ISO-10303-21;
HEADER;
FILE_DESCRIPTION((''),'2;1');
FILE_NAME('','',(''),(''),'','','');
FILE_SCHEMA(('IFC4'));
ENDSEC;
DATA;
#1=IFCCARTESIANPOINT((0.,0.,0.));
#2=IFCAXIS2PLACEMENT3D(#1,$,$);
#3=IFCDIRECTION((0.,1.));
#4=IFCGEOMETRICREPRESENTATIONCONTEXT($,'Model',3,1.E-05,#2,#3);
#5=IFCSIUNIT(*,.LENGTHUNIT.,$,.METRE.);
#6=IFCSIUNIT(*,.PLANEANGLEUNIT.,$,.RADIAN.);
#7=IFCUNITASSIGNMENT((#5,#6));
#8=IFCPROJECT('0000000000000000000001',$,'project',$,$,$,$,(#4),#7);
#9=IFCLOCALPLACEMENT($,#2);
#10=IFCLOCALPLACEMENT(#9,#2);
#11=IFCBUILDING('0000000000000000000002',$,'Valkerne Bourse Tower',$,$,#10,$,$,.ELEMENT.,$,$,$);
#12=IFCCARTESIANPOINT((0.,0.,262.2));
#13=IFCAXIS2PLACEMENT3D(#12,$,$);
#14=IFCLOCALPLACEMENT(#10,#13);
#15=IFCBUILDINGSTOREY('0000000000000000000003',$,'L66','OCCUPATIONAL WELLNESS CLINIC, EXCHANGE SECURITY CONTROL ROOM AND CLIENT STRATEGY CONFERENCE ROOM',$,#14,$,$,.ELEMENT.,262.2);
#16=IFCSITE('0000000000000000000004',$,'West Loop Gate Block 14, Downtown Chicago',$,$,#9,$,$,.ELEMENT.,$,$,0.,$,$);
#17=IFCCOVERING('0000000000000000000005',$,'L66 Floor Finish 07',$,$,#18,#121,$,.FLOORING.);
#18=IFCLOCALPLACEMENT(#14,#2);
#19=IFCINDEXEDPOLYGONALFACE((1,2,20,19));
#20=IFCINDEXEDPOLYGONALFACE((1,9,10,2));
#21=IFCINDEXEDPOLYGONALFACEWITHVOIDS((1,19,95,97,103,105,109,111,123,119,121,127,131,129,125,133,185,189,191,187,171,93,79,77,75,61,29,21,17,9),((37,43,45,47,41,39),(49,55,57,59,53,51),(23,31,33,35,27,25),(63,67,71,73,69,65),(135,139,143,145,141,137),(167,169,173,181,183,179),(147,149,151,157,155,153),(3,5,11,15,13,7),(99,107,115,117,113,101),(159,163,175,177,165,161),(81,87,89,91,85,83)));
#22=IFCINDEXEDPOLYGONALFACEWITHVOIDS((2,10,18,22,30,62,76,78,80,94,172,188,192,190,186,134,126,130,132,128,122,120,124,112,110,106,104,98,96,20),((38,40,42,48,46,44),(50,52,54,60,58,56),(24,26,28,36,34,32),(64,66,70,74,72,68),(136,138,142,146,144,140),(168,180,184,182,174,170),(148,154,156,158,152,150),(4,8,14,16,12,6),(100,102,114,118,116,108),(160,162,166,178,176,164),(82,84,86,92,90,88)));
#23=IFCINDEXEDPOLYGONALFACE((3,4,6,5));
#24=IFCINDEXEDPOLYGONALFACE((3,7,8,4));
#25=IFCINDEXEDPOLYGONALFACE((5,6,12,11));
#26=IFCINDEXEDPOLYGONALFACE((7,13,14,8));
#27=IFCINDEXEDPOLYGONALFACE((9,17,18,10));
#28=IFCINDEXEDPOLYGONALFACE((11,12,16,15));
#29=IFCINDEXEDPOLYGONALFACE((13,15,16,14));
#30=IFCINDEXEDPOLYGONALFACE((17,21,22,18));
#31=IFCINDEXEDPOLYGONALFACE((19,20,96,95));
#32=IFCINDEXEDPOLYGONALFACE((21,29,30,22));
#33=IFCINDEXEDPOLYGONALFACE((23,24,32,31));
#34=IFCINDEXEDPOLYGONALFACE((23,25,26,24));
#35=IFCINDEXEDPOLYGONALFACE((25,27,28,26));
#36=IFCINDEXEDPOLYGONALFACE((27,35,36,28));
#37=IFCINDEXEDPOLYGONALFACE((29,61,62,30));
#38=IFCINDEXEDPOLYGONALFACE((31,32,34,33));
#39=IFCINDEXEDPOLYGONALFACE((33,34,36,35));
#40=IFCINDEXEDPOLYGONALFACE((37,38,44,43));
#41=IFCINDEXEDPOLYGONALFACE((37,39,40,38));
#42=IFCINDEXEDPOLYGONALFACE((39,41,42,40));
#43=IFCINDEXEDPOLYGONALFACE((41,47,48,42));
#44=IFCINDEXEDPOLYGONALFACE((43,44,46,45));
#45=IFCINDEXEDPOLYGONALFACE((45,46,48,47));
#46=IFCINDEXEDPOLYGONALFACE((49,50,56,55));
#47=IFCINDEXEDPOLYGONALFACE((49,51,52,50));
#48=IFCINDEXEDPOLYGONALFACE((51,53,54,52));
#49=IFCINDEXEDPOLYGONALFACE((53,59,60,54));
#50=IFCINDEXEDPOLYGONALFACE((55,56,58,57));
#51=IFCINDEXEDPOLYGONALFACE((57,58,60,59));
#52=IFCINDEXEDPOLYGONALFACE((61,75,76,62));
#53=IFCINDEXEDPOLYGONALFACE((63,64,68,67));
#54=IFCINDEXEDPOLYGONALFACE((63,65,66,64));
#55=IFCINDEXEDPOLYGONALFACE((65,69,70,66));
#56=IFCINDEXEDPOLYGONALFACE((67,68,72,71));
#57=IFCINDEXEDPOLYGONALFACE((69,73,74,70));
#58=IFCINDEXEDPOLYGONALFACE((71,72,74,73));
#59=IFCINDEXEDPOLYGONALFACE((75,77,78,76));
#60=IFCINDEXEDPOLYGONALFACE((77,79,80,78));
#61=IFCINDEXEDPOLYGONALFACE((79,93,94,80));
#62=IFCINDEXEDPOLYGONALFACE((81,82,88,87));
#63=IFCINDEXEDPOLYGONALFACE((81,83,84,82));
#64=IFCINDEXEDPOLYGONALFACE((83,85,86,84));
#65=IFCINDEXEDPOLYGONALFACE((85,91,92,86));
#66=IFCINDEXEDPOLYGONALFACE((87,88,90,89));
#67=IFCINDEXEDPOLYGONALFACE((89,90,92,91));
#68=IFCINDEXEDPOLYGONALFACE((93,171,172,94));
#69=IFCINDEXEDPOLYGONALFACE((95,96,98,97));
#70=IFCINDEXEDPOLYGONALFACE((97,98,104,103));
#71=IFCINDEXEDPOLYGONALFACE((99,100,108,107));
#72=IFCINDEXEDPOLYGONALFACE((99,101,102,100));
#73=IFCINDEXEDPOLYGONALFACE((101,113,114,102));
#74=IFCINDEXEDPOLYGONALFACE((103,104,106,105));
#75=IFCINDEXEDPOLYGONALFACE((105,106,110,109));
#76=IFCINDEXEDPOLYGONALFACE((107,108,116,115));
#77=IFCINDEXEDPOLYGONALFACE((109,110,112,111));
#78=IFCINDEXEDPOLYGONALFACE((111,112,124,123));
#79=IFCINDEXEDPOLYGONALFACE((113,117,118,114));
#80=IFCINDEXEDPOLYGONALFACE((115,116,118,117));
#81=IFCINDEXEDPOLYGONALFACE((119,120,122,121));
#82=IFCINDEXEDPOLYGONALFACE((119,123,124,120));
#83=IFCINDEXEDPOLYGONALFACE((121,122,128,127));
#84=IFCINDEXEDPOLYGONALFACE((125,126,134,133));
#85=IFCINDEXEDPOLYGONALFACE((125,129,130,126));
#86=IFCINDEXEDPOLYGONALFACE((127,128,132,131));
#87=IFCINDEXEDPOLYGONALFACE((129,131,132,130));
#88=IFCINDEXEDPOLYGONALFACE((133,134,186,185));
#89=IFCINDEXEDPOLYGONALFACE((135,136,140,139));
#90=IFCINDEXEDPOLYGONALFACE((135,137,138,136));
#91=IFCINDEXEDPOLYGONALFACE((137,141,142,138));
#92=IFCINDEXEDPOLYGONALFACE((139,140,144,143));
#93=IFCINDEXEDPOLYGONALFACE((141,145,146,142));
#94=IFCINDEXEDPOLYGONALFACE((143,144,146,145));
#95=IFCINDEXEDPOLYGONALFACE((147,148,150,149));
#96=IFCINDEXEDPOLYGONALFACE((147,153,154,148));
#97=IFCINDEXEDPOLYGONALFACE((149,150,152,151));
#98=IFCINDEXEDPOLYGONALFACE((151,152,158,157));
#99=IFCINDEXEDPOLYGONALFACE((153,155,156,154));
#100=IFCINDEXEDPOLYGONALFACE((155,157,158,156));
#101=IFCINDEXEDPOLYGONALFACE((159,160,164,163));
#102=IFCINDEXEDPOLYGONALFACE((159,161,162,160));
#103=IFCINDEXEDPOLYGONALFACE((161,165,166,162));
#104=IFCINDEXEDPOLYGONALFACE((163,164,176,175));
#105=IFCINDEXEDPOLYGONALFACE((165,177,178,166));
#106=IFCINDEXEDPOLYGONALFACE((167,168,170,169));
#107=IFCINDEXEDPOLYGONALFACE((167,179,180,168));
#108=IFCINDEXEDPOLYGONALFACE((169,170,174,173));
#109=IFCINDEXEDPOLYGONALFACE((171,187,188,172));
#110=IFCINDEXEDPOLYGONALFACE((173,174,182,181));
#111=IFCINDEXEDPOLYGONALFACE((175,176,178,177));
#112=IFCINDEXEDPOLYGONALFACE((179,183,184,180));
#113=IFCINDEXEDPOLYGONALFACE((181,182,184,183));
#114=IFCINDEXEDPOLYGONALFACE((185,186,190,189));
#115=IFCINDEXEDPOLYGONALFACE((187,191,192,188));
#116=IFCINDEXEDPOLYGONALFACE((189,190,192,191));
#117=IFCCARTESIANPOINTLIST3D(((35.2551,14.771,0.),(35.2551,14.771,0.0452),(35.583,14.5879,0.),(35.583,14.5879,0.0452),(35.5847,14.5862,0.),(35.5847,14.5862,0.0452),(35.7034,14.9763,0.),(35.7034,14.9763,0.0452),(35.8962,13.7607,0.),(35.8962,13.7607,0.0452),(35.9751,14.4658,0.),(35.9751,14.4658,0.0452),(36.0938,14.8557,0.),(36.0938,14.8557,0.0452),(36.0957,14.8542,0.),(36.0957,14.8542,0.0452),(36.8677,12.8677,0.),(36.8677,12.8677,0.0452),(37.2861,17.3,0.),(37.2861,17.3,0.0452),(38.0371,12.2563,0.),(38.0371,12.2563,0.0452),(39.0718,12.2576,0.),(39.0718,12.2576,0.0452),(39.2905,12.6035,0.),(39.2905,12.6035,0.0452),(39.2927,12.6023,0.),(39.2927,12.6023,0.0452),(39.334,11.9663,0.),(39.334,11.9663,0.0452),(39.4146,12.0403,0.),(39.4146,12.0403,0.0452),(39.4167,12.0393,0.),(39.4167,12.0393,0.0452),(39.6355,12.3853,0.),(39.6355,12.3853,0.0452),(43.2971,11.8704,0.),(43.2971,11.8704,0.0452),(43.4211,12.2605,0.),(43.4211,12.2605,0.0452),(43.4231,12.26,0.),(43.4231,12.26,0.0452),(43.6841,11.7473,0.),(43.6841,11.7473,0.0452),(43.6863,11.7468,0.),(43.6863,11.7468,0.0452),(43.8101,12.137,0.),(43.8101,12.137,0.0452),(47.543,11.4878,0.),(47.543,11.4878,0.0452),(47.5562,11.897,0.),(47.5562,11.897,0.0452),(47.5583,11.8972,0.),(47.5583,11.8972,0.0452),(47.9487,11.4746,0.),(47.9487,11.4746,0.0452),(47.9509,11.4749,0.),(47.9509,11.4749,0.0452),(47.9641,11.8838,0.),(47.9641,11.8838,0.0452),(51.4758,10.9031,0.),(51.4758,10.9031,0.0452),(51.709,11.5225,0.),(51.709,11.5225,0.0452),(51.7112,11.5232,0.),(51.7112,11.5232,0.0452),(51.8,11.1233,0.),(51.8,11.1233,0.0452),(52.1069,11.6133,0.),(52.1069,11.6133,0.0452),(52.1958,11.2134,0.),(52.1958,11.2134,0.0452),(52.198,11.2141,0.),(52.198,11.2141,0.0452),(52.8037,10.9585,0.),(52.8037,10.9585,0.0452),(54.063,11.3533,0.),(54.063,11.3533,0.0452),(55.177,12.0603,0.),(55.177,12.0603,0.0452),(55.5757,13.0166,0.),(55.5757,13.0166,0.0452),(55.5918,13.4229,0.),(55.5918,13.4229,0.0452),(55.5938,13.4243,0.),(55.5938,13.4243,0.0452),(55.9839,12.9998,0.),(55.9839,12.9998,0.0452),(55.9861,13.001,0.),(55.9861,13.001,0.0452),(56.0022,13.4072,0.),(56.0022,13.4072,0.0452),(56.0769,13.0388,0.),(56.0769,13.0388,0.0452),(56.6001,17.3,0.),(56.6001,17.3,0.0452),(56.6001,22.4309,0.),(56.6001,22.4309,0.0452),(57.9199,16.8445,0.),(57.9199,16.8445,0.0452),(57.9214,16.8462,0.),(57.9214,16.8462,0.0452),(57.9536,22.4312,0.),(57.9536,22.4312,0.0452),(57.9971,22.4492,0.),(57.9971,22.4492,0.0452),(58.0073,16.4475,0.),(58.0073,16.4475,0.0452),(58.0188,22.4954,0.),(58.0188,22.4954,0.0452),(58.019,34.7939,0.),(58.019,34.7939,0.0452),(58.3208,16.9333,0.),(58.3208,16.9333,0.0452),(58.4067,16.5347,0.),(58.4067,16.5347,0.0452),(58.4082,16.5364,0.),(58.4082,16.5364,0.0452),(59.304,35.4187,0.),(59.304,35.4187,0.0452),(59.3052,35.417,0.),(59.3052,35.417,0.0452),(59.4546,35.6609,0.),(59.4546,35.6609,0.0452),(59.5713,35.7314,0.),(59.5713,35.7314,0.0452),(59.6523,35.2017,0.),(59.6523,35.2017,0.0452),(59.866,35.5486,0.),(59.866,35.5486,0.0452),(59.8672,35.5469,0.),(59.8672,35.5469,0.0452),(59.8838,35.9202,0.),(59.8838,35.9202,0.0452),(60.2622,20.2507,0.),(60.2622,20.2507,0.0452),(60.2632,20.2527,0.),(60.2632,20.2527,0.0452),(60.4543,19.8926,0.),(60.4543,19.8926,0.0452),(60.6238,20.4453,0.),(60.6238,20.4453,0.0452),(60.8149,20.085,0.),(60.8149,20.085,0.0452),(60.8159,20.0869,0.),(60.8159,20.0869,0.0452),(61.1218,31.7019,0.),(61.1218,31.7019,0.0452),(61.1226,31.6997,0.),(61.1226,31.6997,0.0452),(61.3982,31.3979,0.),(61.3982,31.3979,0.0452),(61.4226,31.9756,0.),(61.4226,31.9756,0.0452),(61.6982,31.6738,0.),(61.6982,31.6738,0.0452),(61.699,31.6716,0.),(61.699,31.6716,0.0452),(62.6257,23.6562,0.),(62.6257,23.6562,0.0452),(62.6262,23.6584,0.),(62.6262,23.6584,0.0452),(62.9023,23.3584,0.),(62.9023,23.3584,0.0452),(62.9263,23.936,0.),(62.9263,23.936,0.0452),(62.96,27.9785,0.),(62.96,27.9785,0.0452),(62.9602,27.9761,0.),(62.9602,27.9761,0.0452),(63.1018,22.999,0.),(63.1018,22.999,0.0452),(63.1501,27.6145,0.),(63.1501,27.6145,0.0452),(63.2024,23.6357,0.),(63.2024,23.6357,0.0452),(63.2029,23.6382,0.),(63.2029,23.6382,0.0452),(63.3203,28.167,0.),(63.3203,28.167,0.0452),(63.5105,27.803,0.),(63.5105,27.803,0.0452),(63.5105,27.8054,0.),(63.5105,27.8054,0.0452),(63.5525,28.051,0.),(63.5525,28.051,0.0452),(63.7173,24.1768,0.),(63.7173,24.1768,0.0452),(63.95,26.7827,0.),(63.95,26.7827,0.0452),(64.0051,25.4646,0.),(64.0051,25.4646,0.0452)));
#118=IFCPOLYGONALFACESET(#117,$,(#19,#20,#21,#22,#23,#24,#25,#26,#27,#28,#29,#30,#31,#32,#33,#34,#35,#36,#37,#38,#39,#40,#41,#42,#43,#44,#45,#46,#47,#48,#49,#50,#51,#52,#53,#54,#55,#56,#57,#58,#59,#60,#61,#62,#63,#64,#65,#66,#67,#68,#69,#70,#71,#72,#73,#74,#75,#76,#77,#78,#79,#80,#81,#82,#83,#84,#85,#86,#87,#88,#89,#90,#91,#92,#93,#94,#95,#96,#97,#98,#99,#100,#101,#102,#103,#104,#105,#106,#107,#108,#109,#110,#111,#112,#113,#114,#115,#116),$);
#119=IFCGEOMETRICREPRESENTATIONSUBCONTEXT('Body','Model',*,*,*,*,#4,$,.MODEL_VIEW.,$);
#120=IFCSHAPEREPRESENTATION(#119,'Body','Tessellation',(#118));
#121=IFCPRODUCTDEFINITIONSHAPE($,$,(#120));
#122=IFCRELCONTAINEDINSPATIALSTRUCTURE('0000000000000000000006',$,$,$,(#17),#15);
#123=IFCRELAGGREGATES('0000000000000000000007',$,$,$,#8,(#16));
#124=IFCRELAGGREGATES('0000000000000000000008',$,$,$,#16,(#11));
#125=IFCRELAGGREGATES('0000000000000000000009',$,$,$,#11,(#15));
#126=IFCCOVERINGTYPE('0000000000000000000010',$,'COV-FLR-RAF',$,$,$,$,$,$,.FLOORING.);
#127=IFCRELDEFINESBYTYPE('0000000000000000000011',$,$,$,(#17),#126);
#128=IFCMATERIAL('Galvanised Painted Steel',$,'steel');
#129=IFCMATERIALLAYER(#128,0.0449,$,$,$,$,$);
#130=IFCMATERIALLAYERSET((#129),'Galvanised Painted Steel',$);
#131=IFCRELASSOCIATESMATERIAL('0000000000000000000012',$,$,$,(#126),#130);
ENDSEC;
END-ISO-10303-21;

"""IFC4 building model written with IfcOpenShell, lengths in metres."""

from ifc_helpers import new_model, si_unit, direction, frame, origin, place, context, subcontext, project, spatial, polyline, outline, extrude, material, layer, layer_set, type_object, element, save


model = new_model("IFC4")

# Units and contexts
model_context = context("Model", 3, precision=1e-05, world=origin(), true_north=direction((0.0, 1.0)))
body_context = subcontext(model_context, "Body", "Model", "MODEL_VIEW")
ifc_project = project(units=[si_unit("LENGTHUNIT", "METRE"), si_unit("PLANEANGLEUNIT", "RADIAN")], contexts=[model_context])

# Site, building, storey
site_placement = place(None, origin())
site = spatial("IfcSite", under=ifc_project, at=site_placement, Name="West Loop Gate Block 14, Downtown Chicago", CompositionType="ELEMENT", RefElevation=0.0)
building_placement = place(site_placement, origin())
building = spatial("IfcBuilding", under=site, at=building_placement, Name="Valkerne Bourse Tower", CompositionType="ELEMENT")
storey_placement = place(building_placement, frame((0.0, 0.0, 262.2)))
storey = spatial("IfcBuildingStorey", under=building, at=storey_placement, Name="L66", Description="OCCUPATIONAL WELLNESS CLINIC, EXCHANGE SECURITY CONTROL ROOM AND CLIENT STRATEGY CONFERENCE ROOM", CompositionType="ELEMENT", Elevation=262.2)

# Covering
ifc_material_1 = material(Name="Galvanised Painted Steel", Category="steel")
ifc_layer_1 = layer(ifc_material_1, 0.0449)
ifc_layer_set_1 = layer_set([ifc_layer_1], Name="Galvanised Painted Steel")
covering_type_1 = type_object("IfcCoveringType", Name="COV-FLR-RAF", PredefinedType="FLOORING", material=ifc_layer_set_1)
covering_1_placement = place(storey_placement, origin())
element("IfcCovering", 1, at=covering_1_placement, inside=storey, type_object=covering_type_1, Name="L66 Floor Finish 07", PredefinedType="FLOORING", context=body_context, shape_type="SweptSolid", body=[
    extrude(outline(polyline([(63.7173, 24.1768), (63.1018, 22.999), (56.0769, 13.0388), (55.177, 12.0603), (54.063, 11.3533), (52.8037, 10.9585), (51.4758, 10.9031), (39.334, 11.9663), (38.0371, 12.2563), (36.8677, 12.8677), (35.8962, 13.7607), (35.2551, 14.771), (37.2861, 17.3), (56.6001, 17.3), (56.6001, 22.4309), (57.9536, 22.4312), (57.9971, 22.4492), (58.0188, 22.4954), (58.019, 34.7939), (59.4546, 35.6609), (59.304, 35.4187), (59.3052, 35.417), (59.6523, 35.2017), (59.8672, 35.5469), (59.866, 35.5486), (59.5713, 35.7314), (59.8838, 35.9202), (63.5525, 28.051), (63.95, 26.7827), (64.0051, 25.4646), (63.7173, 24.1768)]), holes=[polyline([(43.4231, 12.26), (43.4211, 12.2605), (43.2971, 11.8704), (43.6841, 11.7473), (43.6863, 11.7468), (43.8101, 12.137), (43.4231, 12.26)]), polyline([(39.2927, 12.6023), (39.2905, 12.6035), (39.0718, 12.2576), (39.4146, 12.0403), (39.4167, 12.0393), (39.6355, 12.3853), (39.2927, 12.6023)]), polyline([(36.0938, 14.8557), (35.7034, 14.9763), (35.583, 14.5879), (35.5847, 14.5862), (35.9751, 14.4658), (36.0957, 14.8542), (36.0938, 14.8557)]), polyline([(52.198, 11.2141), (52.1069, 11.6133), (51.7112, 11.5232), (51.709, 11.5225), (51.8, 11.1233), (52.1958, 11.2134), (52.198, 11.2141)]), polyline([(47.9641, 11.8838), (47.5583, 11.8972), (47.5562, 11.897), (47.543, 11.4878), (47.9487, 11.4746), (47.9509, 11.4749), (47.9641, 11.8838)]), polyline([(56.0022, 13.4072), (55.5938, 13.4243), (55.5918, 13.4229), (55.5757, 13.0166), (55.9839, 12.9998), (55.9861, 13.001), (56.0022, 13.4072)]), polyline([(58.4082, 16.5364), (58.3208, 16.9333), (57.9214, 16.8462), (57.9199, 16.8445), (58.0073, 16.4475), (58.4067, 16.5347), (58.4082, 16.5364)]), polyline([(60.8159, 20.0869), (60.6238, 20.4453), (60.2632, 20.2527), (60.2622, 20.2507), (60.4543, 19.8926), (60.8149, 20.085), (60.8159, 20.0869)]), polyline([(63.2029, 23.6382), (62.9263, 23.936), (62.6262, 23.6584), (62.6257, 23.6562), (62.9023, 23.3584), (63.2024, 23.6357), (63.2029, 23.6382)]), polyline([(63.5105, 27.8054), (63.3203, 28.167), (62.96, 27.9785), (62.9602, 27.9761), (63.1501, 27.6145), (63.5105, 27.803), (63.5105, 27.8054)]), polyline([(61.6982, 31.6738), (61.4226, 31.9756), (61.1218, 31.7019), (61.1226, 31.6997), (61.3982, 31.3979), (61.699, 31.6716), (61.6982, 31.6738)])]), origin(), (0.0, 0.0, 1.0), 0.0452),
])

save(model, "model.ifc")
